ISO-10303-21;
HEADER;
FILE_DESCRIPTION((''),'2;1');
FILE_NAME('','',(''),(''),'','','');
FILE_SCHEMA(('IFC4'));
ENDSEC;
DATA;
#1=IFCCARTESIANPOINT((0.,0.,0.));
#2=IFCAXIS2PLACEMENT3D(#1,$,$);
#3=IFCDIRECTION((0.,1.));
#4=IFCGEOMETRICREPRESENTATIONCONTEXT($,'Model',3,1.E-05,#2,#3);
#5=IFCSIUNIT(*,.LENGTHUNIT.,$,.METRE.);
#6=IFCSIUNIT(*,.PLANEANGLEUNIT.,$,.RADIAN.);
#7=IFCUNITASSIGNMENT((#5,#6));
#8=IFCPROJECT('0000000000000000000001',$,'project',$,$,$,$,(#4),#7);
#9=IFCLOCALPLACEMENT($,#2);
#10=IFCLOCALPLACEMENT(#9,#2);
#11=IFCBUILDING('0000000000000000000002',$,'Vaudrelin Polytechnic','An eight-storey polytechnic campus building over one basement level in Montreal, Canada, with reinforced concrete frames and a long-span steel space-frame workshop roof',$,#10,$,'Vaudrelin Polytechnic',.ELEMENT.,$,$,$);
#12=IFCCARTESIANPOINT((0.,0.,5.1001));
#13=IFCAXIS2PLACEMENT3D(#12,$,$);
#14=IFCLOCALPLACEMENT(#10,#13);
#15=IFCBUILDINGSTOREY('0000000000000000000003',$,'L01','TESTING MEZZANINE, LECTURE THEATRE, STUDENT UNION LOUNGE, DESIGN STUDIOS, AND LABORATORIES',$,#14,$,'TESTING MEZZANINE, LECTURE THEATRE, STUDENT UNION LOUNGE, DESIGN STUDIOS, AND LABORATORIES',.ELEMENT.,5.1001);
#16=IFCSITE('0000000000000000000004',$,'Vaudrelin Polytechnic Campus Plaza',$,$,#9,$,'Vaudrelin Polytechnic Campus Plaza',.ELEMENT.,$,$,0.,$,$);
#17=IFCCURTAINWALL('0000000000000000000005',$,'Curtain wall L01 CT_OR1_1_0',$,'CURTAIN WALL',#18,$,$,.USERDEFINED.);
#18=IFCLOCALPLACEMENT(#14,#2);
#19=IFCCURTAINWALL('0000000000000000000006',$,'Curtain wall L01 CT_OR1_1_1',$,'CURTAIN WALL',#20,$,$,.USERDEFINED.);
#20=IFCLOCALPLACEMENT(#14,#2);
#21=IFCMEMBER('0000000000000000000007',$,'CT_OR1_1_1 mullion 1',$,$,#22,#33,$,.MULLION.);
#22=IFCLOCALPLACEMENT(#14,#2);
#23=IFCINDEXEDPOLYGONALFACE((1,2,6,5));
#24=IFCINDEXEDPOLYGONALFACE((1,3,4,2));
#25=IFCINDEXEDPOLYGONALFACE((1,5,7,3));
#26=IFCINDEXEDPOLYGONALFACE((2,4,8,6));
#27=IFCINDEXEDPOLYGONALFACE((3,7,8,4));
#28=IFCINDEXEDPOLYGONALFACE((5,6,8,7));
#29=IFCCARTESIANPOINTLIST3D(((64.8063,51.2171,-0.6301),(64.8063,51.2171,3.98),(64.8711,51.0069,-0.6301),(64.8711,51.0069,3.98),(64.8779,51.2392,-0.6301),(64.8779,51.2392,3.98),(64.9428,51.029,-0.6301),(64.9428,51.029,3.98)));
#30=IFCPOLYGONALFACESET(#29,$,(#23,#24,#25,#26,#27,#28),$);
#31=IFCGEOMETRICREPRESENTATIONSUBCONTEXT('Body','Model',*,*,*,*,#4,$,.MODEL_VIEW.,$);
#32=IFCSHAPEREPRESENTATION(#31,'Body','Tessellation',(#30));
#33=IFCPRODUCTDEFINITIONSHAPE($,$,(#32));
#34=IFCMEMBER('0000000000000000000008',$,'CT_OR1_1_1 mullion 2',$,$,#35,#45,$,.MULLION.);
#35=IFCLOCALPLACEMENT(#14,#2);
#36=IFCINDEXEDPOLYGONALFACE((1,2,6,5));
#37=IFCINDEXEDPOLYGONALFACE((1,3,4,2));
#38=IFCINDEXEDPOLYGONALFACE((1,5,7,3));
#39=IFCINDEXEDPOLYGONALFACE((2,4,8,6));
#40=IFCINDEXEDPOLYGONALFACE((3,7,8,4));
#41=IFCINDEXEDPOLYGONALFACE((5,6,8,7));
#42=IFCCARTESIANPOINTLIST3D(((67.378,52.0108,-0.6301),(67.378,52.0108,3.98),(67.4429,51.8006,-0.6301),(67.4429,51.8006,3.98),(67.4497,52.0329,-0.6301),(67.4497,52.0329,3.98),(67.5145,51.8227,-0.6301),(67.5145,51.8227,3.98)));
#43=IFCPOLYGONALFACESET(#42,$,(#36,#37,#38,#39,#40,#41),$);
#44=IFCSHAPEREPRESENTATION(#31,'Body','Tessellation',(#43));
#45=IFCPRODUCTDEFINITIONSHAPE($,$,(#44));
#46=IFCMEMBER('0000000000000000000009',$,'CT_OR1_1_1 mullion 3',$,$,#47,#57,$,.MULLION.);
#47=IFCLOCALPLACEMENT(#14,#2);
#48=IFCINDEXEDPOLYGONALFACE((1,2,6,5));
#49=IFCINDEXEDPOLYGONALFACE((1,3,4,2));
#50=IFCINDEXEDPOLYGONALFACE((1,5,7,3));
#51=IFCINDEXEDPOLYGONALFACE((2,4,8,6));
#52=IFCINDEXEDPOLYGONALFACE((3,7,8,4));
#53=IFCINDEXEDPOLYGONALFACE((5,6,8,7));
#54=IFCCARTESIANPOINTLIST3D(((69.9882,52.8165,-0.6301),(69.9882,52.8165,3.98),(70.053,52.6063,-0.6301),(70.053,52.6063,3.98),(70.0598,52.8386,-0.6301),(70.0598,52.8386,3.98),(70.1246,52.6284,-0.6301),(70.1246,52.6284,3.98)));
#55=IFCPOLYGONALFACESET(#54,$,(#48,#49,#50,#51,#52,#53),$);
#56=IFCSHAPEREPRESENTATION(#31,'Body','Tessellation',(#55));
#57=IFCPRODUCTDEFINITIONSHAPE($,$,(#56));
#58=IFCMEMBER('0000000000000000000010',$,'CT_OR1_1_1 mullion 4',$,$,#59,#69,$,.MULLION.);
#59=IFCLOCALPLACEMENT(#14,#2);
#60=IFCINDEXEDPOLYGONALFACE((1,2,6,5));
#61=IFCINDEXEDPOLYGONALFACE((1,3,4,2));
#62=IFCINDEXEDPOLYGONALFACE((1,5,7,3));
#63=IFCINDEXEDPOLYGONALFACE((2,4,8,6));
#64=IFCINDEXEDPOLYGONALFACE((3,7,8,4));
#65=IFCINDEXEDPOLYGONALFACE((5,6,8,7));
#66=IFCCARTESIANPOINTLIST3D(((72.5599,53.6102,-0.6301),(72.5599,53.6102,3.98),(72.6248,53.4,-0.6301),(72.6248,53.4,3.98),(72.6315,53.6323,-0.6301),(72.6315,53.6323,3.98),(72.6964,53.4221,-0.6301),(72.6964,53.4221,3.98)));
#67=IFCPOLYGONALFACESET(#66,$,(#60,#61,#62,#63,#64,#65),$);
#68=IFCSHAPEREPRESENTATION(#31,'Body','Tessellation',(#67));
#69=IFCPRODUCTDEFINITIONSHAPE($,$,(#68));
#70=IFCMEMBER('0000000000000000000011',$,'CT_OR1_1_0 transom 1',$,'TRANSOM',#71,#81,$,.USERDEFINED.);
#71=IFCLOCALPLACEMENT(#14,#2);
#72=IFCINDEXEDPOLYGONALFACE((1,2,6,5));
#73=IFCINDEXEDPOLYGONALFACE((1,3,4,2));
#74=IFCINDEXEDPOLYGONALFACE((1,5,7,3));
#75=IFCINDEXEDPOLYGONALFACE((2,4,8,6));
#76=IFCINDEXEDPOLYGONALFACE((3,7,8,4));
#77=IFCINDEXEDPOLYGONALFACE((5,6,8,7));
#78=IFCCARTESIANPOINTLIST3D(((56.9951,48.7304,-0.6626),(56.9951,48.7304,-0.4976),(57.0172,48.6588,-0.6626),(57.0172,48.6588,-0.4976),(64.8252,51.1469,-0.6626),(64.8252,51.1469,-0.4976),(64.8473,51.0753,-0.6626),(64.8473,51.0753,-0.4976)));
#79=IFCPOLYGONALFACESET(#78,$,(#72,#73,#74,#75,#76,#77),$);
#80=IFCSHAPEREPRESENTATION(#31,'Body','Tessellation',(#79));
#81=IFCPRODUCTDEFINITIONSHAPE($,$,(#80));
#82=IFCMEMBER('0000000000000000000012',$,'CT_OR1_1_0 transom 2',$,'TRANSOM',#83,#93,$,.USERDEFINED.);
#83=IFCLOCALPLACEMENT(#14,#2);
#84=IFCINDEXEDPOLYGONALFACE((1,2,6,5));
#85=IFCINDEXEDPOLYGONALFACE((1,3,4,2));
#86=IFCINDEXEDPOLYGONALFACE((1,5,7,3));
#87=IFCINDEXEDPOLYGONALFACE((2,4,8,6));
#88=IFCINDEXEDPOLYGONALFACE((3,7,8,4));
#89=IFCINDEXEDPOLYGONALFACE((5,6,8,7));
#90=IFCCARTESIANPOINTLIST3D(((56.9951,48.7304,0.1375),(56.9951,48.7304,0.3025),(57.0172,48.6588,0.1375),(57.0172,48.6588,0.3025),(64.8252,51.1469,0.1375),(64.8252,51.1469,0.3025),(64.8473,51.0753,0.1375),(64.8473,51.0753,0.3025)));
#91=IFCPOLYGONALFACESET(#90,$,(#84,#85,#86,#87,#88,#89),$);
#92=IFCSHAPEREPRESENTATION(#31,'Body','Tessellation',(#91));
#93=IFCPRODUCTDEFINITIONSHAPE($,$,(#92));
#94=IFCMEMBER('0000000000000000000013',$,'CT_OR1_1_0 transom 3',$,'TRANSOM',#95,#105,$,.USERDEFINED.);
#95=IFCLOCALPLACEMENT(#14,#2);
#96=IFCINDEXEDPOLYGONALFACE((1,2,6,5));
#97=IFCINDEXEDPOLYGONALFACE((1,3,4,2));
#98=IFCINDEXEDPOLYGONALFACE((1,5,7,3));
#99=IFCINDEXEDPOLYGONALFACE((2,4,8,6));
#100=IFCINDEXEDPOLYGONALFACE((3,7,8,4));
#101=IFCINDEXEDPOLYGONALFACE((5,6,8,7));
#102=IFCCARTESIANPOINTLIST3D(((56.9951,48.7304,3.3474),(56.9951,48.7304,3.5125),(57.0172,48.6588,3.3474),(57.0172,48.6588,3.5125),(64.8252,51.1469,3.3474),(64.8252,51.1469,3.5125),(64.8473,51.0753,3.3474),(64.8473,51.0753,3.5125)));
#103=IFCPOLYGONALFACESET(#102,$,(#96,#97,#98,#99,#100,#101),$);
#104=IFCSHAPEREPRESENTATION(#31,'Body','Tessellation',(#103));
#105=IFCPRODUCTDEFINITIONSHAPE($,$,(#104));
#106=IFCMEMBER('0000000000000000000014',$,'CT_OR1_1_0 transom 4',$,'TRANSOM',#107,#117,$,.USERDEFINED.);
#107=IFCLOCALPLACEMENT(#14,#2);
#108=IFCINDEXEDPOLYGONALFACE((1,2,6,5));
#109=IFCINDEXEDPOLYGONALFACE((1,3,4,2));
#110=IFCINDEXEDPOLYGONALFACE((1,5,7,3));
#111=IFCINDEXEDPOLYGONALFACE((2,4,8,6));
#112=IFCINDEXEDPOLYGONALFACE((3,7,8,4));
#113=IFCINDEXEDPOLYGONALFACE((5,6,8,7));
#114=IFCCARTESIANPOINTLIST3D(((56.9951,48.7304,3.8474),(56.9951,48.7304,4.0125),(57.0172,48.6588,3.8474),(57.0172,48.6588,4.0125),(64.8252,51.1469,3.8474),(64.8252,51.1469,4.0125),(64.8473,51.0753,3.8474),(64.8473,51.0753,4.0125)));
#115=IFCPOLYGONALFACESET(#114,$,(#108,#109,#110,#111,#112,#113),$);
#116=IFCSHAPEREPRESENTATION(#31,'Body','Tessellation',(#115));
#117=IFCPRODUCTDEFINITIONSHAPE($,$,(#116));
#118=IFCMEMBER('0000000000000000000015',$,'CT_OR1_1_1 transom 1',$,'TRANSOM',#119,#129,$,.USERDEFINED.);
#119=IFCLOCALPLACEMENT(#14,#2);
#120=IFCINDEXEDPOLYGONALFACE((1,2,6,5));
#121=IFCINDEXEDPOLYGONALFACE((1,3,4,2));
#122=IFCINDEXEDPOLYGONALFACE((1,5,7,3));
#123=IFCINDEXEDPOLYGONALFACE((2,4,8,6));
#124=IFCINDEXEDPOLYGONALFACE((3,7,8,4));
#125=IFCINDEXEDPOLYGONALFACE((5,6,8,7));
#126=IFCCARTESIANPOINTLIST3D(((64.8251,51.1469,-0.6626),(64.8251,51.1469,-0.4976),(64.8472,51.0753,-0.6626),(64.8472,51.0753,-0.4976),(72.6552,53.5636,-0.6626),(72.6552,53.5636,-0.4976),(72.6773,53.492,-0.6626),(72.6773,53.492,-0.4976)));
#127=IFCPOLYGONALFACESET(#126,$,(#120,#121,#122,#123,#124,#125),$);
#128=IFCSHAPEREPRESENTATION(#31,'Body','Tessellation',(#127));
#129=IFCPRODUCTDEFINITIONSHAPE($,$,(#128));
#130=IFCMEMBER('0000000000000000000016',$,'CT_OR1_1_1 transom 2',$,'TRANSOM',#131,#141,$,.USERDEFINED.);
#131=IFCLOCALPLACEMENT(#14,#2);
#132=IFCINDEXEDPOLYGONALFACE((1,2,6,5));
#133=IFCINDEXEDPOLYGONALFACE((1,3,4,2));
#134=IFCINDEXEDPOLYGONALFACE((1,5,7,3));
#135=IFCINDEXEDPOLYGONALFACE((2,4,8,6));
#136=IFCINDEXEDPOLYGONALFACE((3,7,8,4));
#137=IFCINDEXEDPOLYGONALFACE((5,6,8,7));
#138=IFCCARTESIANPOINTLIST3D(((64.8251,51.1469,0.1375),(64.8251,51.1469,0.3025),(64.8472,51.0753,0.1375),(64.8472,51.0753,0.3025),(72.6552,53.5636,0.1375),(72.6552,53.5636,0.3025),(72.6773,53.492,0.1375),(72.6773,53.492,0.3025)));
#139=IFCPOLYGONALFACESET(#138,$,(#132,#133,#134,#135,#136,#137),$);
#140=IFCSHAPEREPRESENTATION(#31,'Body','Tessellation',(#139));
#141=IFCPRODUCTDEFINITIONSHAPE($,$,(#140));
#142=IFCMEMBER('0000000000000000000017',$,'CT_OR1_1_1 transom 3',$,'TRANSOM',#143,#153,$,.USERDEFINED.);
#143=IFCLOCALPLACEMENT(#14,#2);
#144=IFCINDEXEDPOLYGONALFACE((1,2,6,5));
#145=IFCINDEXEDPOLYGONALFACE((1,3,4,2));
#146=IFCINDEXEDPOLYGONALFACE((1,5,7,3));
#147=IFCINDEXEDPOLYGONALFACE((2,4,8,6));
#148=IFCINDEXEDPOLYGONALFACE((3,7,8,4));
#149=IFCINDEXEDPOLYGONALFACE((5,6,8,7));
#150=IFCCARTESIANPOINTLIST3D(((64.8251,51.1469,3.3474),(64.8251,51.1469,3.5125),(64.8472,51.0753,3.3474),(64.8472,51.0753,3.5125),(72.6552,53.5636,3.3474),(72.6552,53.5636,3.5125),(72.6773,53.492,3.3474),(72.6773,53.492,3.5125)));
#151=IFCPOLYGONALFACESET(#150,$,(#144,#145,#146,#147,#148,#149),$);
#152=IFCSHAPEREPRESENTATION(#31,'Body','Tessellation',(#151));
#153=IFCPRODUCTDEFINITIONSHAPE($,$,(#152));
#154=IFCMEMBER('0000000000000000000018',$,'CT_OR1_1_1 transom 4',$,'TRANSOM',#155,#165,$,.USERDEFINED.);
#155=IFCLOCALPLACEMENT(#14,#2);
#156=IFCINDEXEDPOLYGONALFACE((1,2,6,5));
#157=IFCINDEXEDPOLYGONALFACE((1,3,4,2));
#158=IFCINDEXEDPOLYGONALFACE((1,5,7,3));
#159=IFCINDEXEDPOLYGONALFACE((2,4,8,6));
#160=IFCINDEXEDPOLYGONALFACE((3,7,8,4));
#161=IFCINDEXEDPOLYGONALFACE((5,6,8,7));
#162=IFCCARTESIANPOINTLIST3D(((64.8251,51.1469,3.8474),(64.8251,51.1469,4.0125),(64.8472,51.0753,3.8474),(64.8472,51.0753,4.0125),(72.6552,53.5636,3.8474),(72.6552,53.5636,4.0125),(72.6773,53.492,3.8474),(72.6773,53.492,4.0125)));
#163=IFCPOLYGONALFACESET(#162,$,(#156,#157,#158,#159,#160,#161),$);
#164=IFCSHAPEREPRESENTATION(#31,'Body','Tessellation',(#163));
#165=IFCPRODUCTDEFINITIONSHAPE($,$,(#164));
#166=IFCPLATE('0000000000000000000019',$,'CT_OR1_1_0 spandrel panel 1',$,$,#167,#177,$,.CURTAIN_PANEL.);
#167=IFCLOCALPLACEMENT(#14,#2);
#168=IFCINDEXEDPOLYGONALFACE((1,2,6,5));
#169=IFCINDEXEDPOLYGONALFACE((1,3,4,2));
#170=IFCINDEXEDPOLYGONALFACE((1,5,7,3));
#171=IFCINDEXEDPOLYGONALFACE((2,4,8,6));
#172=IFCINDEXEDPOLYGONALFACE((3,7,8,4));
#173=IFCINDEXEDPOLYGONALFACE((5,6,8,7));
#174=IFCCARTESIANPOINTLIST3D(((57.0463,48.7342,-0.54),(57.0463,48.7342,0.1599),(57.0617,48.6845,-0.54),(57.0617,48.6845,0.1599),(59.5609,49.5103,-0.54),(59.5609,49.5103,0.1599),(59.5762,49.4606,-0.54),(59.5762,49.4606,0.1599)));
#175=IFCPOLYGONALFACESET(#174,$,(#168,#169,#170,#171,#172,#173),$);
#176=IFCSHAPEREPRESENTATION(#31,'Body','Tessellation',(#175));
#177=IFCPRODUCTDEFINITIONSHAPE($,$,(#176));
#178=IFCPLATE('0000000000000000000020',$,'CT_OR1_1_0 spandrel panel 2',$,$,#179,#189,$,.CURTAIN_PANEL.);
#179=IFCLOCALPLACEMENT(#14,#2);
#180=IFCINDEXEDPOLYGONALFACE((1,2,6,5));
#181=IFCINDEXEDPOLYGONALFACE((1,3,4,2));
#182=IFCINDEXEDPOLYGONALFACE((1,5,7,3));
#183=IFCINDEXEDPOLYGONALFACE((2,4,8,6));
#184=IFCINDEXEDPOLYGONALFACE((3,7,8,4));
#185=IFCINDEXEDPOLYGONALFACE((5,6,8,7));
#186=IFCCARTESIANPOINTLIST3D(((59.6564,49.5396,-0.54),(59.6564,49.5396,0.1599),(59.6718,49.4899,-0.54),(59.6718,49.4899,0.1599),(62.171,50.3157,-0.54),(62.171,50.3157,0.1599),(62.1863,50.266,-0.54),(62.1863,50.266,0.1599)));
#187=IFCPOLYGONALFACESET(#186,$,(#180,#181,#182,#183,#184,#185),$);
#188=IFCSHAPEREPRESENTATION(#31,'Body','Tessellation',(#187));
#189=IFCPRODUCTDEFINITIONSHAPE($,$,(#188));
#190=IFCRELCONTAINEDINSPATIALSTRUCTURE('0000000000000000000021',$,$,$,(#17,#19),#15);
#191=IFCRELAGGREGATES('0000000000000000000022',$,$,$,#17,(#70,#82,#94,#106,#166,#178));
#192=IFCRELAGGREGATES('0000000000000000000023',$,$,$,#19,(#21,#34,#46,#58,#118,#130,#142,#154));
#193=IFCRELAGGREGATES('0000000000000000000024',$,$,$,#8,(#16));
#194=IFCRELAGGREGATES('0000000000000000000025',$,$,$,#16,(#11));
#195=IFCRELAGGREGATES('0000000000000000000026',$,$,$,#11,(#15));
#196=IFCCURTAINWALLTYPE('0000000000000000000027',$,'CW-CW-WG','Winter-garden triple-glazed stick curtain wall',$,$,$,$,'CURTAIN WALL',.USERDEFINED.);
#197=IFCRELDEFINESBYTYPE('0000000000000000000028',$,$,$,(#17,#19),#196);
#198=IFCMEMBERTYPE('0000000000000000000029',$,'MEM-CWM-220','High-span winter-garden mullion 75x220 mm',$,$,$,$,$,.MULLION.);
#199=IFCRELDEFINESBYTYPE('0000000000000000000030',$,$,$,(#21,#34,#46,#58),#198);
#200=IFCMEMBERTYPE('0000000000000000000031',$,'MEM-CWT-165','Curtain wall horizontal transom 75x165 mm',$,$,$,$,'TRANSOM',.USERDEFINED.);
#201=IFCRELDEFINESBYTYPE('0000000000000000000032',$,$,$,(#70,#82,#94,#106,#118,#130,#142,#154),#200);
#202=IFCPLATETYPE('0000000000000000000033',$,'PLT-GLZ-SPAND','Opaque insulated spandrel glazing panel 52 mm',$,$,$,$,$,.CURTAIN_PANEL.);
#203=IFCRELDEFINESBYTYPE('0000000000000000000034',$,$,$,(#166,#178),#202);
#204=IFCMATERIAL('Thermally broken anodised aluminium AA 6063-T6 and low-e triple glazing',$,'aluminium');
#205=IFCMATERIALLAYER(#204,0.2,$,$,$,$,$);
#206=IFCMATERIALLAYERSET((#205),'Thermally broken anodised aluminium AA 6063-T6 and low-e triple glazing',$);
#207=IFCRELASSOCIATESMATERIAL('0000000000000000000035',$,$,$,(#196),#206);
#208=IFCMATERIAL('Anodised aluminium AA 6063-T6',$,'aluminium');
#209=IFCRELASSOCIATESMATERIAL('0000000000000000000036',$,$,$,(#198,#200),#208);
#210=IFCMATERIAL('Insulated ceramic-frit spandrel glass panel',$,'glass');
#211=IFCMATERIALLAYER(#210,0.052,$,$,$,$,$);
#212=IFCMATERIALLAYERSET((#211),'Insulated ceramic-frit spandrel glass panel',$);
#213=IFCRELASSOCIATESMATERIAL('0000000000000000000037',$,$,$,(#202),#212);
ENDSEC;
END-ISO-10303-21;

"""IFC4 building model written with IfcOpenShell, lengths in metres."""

from ifc_helpers import new_model, si_unit, direction, frame, origin, origin_2d, place, context, subcontext, project, spatial, rectangle, extrude, material, layer, layer_set, material_profile, profile_set, type_object, element, aggregate, save


model = new_model("IFC4")

# Units and contexts
model_context = context("Model", 3, precision=1e-05, world=origin(), true_north=direction((0.0, 1.0)))
body_context = subcontext(model_context, "Body", "Model", "MODEL_VIEW")
ifc_project = project(units=[si_unit("LENGTHUNIT", "METRE"), si_unit("PLANEANGLEUNIT", "RADIAN")], contexts=[model_context])

# Site, building, storey
site_placement = place(None, origin())
site = spatial("IfcSite", under=ifc_project, at=site_placement, Name="Vaudrelin Polytechnic Campus Plaza", LongName="Vaudrelin Polytechnic Campus Plaza", CompositionType="ELEMENT", RefElevation=0.0)
building_placement = place(site_placement, origin())
building = spatial("IfcBuilding", under=site, at=building_placement, Name="Vaudrelin Polytechnic", Description="An eight-storey polytechnic campus building over one basement level in Montreal, Canada, with reinforced concrete frames and a long-span steel space-frame workshop roof", LongName="Vaudrelin Polytechnic", CompositionType="ELEMENT")
storey_placement = place(building_placement, frame((0.0, 0.0, 5.1001)))
storey = spatial("IfcBuildingStorey", under=building, at=storey_placement, Name="L01", Description="TESTING MEZZANINE, LECTURE THEATRE, STUDENT UNION LOUNGE, DESIGN STUDIOS, AND LABORATORIES", LongName="TESTING MEZZANINE, LECTURE THEATRE, STUDENT UNION LOUNGE, DESIGN STUDIOS, AND LABORATORIES", CompositionType="ELEMENT", Elevation=5.1001)

# Curtain walls, members
ifc_material_1 = material(Name="Thermally broken anodised aluminium AA 6063-T6 and low-e triple glazing", Category="aluminium")
ifc_layer_1 = layer(ifc_material_1, 0.2)
ifc_layer_set_1 = layer_set([ifc_layer_1], Name="Thermally broken anodised aluminium AA 6063-T6 and low-e triple glazing")
curtain_wall_type = type_object("IfcCurtainWallType", Name="CW-CW-WG", Description="Winter-garden triple-glazed stick curtain wall", ElementType="CURTAIN WALL", PredefinedType="USERDEFINED", material=ifc_layer_set_1)
curtain_wall_1_placement = place(storey_placement, origin())
curtain_wall_1 = element("IfcCurtainWall", 1, at=curtain_wall_1_placement, inside=storey, type_object=curtain_wall_type, Name="Curtain wall L01 CT_OR1_1_0", ObjectType="CURTAIN WALL", PredefinedType="USERDEFINED")
ifc_material_2 = material(Name="Anodised aluminium AA 6063-T6", Category="aluminium")
ifc_material_profile_1 = material_profile(ifc_material_2, rectangle(XDim=0.075, YDim=0.22, at=origin_2d()), Name="CWM-75x220")
ifc_profile_set_1 = profile_set([ifc_material_profile_1], Name="Anodised aluminium AA 6063-T6")
member_type_1 = type_object("IfcMemberType", Name="MEM-CWM-220", Description="High-span winter-garden mullion 75x220 mm", PredefinedType="MULLION", material=ifc_profile_set_1)
curtain_wall_2_placement = place(storey_placement, origin())
curtain_wall_2 = element("IfcCurtainWall", 2, at=curtain_wall_2_placement, inside=storey, type_object=curtain_wall_type, Name="Curtain wall L01 CT_OR1_1_1", ObjectType="CURTAIN WALL", PredefinedType="USERDEFINED")
member_1_placement = place(storey_placement, frame((64.8745, 51.123, -0.6301), z_axis=(0.0, 0.0, 1.0), x_axis=(0.955522, 0.294918, 0.0)))
member_1 = element("IfcMember", 3, at=member_1_placement, type_object=member_type_1, Name="CT_OR1_1_1 mullion 1", PredefinedType="MULLION", context=body_context, shape_type="SweptSolid", body=[
    extrude(rectangle(XDim=0.075, YDim=0.22, at=origin_2d()), origin(), (0.0, 0.0, 1.0), 4.6101),
])
member_2_placement = place(storey_placement, frame((67.4463, 51.9167, -0.6301), z_axis=(0.0, 0.0, 1.0), x_axis=(0.955522, 0.294918, 0.0)))
member_2 = element("IfcMember", 4, at=member_2_placement, type_object=member_type_1, Name="CT_OR1_1_1 mullion 2", PredefinedType="MULLION", context=body_context, shape_type="SweptSolid", body=[
    extrude(rectangle(XDim=0.075, YDim=0.22, at=origin_2d()), origin(), (0.0, 0.0, 1.0), 4.6101),
])
member_3_placement = place(storey_placement, frame((70.0564, 52.7224, -0.6301), z_axis=(0.0, 0.0, 1.0), x_axis=(0.955522, 0.294918, 0.0)))
member_3 = element("IfcMember", 5, at=member_3_placement, type_object=member_type_1, Name="CT_OR1_1_1 mullion 3", PredefinedType="MULLION", context=body_context, shape_type="SweptSolid", body=[
    extrude(rectangle(XDim=0.075, YDim=0.22, at=origin_2d()), origin(), (0.0, 0.0, 1.0), 4.6101),
])
member_4_placement = place(storey_placement, frame((72.6282, 53.5161, -0.6301), z_axis=(0.0, 0.0, 1.0), x_axis=(0.955522, 0.294918, 0.0)))
member_4 = element("IfcMember", 6, at=member_4_placement, type_object=member_type_1, Name="CT_OR1_1_1 mullion 4", PredefinedType="MULLION", context=body_context, shape_type="SweptSolid", body=[
    extrude(rectangle(XDim=0.075, YDim=0.22, at=origin_2d()), origin(), (0.0, 0.0, 1.0), 4.6101),
])

# Members
ifc_material_profile_2 = material_profile(ifc_material_2, rectangle(XDim=0.075, YDim=0.165, at=origin_2d()), Name="CWT-75x165")
ifc_profile_set_2 = profile_set([ifc_material_profile_2], Name="Anodised aluminium AA 6063-T6")
member_type_2 = type_object("IfcMemberType", Name="MEM-CWT-165", Description="Curtain wall horizontal transom 75x165 mm", ElementType="TRANSOM", PredefinedType="USERDEFINED", material=ifc_profile_set_2)
member_5_placement = place(storey_placement, frame((57.0061, 48.6946, -0.5801), z_axis=(0.95553, 0.294894, 0.0), x_axis=(-0.294894, 0.95553, 0.0)))
member_5 = element("IfcMember", 7, at=member_5_placement, type_object=member_type_2, Name="CT_OR1_1_0 transom 1", ObjectType="TRANSOM", PredefinedType="USERDEFINED", context=body_context, shape_type="SweptSolid", body=[
    extrude(rectangle(XDim=0.075, YDim=0.165, at=origin_2d()), origin(), (0.0, 0.0, 1.0), 8.1946),
])
member_6_placement = place(storey_placement, frame((57.0061, 48.6946, 0.22), z_axis=(0.95553, 0.294894, 0.0), x_axis=(-0.294894, 0.95553, 0.0)))
member_6 = element("IfcMember", 8, at=member_6_placement, type_object=member_type_2, Name="CT_OR1_1_0 transom 2", ObjectType="TRANSOM", PredefinedType="USERDEFINED", context=body_context, shape_type="SweptSolid", body=[
    extrude(rectangle(XDim=0.075, YDim=0.165, at=origin_2d()), origin(), (0.0, 0.0, 1.0), 8.1946),
])
member_7_placement = place(storey_placement, frame((57.0061, 48.6946, 3.4299), z_axis=(0.95553, 0.294894, 0.0), x_axis=(-0.294894, 0.95553, 0.0)))
member_7 = element("IfcMember", 9, at=member_7_placement, type_object=member_type_2, Name="CT_OR1_1_0 transom 3", ObjectType="TRANSOM", PredefinedType="USERDEFINED", context=body_context, shape_type="SweptSolid", body=[
    extrude(rectangle(XDim=0.075, YDim=0.165, at=origin_2d()), origin(), (0.0, 0.0, 1.0), 8.1946),
])
member_8_placement = place(storey_placement, frame((57.0061, 48.6946, 3.9299), z_axis=(0.95553, 0.294894, 0.0), x_axis=(-0.294894, 0.95553, 0.0)))
member_8 = element("IfcMember", 10, at=member_8_placement, type_object=member_type_2, Name="CT_OR1_1_0 transom 4", ObjectType="TRANSOM", PredefinedType="USERDEFINED", context=body_context, shape_type="SweptSolid", body=[
    extrude(rectangle(XDim=0.075, YDim=0.165, at=origin_2d()), origin(), (0.0, 0.0, 1.0), 8.1946),
])
member_9_placement = place(storey_placement, frame((64.8362, 51.1111, -0.5801), z_axis=(0.955522, 0.294921, 0.0), x_axis=(-0.294921, 0.955522, 0.0)))
member_9 = element("IfcMember", 11, at=member_9_placement, type_object=member_type_2, Name="CT_OR1_1_1 transom 1", ObjectType="TRANSOM", PredefinedType="USERDEFINED", context=body_context, shape_type="SweptSolid", body=[
    extrude(rectangle(XDim=0.075, YDim=0.165, at=origin_2d()), origin(), (0.0, 0.0, 1.0), 8.1946),
])
member_10_placement = place(storey_placement, frame((64.8362, 51.1111, 0.22), z_axis=(0.955522, 0.294921, 0.0), x_axis=(-0.294921, 0.955522, 0.0)))
member_10 = element("IfcMember", 12, at=member_10_placement, type_object=member_type_2, Name="CT_OR1_1_1 transom 2", ObjectType="TRANSOM", PredefinedType="USERDEFINED", context=body_context, shape_type="SweptSolid", body=[
    extrude(rectangle(XDim=0.075, YDim=0.165, at=origin_2d()), origin(), (0.0, 0.0, 1.0), 8.1946),
])
member_11_placement = place(storey_placement, frame((64.8362, 51.1111, 3.4299), z_axis=(0.955522, 0.294921, 0.0), x_axis=(-0.294921, 0.955522, 0.0)))
member_11 = element("IfcMember", 13, at=member_11_placement, type_object=member_type_2, Name="CT_OR1_1_1 transom 3", ObjectType="TRANSOM", PredefinedType="USERDEFINED", context=body_context, shape_type="SweptSolid", body=[
    extrude(rectangle(XDim=0.075, YDim=0.165, at=origin_2d()), origin(), (0.0, 0.0, 1.0), 8.1946),
])
member_12_placement = place(storey_placement, frame((64.8362, 51.1111, 3.9299), z_axis=(0.955522, 0.294921, 0.0), x_axis=(-0.294921, 0.955522, 0.0)))
member_12 = element("IfcMember", 14, at=member_12_placement, type_object=member_type_2, Name="CT_OR1_1_1 transom 4", ObjectType="TRANSOM", PredefinedType="USERDEFINED", context=body_context, shape_type="SweptSolid", body=[
    extrude(rectangle(XDim=0.075, YDim=0.165, at=origin_2d()), origin(), (0.0, 0.0, 1.0), 8.1946),
])

# Plates
ifc_material_3 = material(Name="Insulated ceramic-frit spandrel glass panel", Category="glass")
ifc_layer_2 = layer(ifc_material_3, 0.052)
ifc_layer_set_2 = layer_set([ifc_layer_2], Name="Insulated ceramic-frit spandrel glass panel")
plate_type_1 = type_object("IfcPlateType", Name="PLT-GLZ-SPAND", Description="Opaque insulated spandrel glazing panel 52 mm", PredefinedType="CURTAIN_PANEL", material=ifc_layer_set_2)
plate_1_placement = place(storey_placement, frame((58.3113, 49.0974, -0.54), z_axis=(0.0, 0.0, 1.0), x_axis=(0.955524, 0.294915, 0.0)))
plate_1 = element("IfcPlate", 15, at=plate_1_placement, type_object=plate_type_1, Name="CT_OR1_1_0 spandrel panel 1", PredefinedType="CURTAIN_PANEL", context=body_context, shape_type="SweptSolid", body=[
    extrude(rectangle(XDim=2.6316, YDim=0.052, at=origin_2d()), origin(), (0.0, 0.0, 1.0), 0.7),
])
plate_2_placement = place(storey_placement, frame((60.9214, 49.9028, -0.54), z_axis=(0.0, 0.0, 1.0), x_axis=(0.955524, 0.294915, 0.0)))
plate_2 = element("IfcPlate", 16, at=plate_2_placement, type_object=plate_type_1, Name="CT_OR1_1_0 spandrel panel 2", PredefinedType="CURTAIN_PANEL", context=body_context, shape_type="SweptSolid", body=[
    extrude(rectangle(XDim=2.6316, YDim=0.052, at=origin_2d()), origin(), (0.0, 0.0, 1.0), 0.7),
])
aggregate(curtain_wall_1, [member_5, member_6, member_7, member_8, plate_1, plate_2])
aggregate(curtain_wall_2, [member_1, member_2, member_3, member_4, member_9, member_10, member_11, member_12])

save(model, "model.ifc")
